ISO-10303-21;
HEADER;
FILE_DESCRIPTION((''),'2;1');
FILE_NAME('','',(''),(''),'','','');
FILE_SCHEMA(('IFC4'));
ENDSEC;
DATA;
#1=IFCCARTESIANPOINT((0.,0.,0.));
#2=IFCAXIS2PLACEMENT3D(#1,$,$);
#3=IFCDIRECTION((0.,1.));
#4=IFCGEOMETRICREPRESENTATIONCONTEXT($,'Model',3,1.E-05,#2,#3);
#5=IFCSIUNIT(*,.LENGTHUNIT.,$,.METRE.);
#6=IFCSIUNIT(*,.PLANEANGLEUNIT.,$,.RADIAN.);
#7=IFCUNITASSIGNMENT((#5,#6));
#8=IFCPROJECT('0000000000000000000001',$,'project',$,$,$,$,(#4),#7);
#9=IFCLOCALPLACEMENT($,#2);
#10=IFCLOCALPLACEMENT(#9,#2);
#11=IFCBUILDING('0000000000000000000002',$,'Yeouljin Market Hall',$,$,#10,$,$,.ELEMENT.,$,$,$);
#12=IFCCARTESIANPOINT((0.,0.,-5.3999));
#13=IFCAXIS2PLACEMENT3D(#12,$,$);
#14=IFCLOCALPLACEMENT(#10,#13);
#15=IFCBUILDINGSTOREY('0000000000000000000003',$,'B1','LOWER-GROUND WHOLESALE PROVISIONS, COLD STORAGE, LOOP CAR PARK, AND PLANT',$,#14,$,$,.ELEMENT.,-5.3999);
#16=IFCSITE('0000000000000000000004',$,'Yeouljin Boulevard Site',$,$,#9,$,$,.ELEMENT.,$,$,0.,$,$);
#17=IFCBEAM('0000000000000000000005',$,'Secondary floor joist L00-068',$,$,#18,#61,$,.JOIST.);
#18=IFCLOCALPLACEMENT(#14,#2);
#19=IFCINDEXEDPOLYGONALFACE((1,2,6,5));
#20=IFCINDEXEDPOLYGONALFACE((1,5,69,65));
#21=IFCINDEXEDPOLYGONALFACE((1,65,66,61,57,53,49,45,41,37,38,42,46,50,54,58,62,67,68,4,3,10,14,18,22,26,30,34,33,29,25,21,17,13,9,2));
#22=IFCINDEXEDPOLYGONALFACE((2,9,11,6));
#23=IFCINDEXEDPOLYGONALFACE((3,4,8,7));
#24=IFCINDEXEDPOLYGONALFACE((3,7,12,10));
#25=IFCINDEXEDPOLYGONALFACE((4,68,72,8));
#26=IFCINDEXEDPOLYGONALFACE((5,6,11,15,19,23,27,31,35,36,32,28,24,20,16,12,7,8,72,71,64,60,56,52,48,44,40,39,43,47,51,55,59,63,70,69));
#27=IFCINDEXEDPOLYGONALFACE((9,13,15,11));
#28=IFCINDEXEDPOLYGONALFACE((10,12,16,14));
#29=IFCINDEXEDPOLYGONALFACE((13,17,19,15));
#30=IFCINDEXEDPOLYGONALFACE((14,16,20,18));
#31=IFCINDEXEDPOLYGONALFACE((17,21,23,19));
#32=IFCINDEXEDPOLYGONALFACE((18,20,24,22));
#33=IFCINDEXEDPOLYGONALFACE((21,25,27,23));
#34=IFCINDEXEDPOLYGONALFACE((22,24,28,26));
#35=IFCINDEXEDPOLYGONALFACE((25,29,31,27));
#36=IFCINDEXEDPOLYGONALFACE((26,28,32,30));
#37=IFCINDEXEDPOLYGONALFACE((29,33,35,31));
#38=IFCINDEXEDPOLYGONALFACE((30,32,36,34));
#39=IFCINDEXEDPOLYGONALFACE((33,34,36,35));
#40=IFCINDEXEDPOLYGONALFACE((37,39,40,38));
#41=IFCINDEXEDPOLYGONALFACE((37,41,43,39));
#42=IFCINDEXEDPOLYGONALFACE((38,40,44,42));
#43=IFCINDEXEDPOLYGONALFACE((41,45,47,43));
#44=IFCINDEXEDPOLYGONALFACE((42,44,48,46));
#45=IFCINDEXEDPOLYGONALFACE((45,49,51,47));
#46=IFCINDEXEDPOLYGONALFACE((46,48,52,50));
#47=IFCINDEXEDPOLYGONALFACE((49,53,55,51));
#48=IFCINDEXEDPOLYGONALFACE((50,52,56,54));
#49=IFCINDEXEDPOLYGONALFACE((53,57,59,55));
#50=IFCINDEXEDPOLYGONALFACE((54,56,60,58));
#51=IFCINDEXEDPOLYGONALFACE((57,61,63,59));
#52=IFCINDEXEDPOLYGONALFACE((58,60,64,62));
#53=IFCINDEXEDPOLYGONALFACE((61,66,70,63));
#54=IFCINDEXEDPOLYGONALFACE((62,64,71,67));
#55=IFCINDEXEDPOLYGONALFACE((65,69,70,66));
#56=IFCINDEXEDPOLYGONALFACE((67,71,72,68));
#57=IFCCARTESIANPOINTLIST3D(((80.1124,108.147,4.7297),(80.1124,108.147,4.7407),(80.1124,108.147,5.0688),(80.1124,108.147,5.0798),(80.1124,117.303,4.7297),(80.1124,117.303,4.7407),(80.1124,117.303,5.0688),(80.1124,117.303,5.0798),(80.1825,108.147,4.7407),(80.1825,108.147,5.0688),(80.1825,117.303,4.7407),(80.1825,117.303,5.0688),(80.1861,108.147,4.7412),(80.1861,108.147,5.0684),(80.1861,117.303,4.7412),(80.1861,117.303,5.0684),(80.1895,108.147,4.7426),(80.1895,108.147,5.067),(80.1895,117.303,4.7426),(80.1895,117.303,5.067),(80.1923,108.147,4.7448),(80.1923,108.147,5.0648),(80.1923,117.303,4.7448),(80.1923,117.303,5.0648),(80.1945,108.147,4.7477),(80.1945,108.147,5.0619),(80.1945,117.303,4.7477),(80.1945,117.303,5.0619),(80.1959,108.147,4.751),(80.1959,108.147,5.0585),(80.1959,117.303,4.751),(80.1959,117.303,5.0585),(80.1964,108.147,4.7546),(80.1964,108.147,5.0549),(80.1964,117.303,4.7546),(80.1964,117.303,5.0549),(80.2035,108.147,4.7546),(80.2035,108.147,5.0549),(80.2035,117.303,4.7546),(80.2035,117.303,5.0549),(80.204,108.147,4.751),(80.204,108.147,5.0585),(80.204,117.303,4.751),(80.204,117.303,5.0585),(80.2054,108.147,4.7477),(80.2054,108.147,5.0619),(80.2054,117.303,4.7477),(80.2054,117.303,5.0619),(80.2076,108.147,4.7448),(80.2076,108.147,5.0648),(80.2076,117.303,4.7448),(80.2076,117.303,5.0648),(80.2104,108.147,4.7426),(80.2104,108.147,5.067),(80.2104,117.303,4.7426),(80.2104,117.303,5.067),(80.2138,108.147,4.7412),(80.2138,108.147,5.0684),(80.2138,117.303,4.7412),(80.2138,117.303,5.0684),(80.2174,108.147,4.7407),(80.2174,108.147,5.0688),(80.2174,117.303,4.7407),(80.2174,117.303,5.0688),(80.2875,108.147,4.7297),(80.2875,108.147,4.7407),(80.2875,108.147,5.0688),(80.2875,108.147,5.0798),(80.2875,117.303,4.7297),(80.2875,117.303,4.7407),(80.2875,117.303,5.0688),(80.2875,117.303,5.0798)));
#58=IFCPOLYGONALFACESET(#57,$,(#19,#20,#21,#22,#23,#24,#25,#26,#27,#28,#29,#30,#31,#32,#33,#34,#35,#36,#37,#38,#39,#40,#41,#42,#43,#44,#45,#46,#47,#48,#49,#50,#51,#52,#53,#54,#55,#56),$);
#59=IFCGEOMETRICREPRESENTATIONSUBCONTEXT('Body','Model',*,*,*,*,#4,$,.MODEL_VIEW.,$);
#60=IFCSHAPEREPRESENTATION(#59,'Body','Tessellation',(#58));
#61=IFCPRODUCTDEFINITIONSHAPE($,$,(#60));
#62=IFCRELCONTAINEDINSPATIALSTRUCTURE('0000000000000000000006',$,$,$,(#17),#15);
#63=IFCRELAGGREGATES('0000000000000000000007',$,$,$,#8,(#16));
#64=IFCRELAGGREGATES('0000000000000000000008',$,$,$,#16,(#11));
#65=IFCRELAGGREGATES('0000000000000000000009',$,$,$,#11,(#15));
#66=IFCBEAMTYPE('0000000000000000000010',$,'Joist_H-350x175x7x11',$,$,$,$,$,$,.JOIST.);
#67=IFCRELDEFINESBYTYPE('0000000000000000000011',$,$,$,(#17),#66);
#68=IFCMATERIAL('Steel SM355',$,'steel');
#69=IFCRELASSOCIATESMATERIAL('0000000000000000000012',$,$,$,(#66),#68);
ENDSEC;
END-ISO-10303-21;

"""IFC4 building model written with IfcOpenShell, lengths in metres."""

from ifc_helpers import new_model, si_unit, direction, frame, origin, origin_2d, place, context, subcontext, project, spatial, i_section, extrude, material, material_profile, profile_set, type_object, element, save


model = new_model("IFC4")

# Units and contexts
model_context = context("Model", 3, precision=1e-05, world=origin(), true_north=direction((0.0, 1.0)))
body_context = subcontext(model_context, "Body", "Model", "MODEL_VIEW")
ifc_project = project(units=[si_unit("LENGTHUNIT", "METRE"), si_unit("PLANEANGLEUNIT", "RADIAN")], contexts=[model_context])

# Site, building, storey
site_placement = place(None, origin())
site = spatial("IfcSite", under=ifc_project, at=site_placement, Name="Yeouljin Boulevard Site", CompositionType="ELEMENT", RefElevation=0.0)
building_placement = place(site_placement, origin())
building = spatial("IfcBuilding", under=site, at=building_placement, Name="Yeouljin Market Hall", CompositionType="ELEMENT")
storey_placement = place(building_placement, frame((0.0, 0.0, -5.3999)))
storey = spatial("IfcBuildingStorey", under=building, at=storey_placement, Name="B1", Description="LOWER-GROUND WHOLESALE PROVISIONS, COLD STORAGE, LOOP CAR PARK, AND PLANT", CompositionType="ELEMENT", Elevation=-5.3999)

# Beam
ifc_material_1 = material(Name="Steel SM355", Category="steel")
ifc_material_profile_1 = material_profile(ifc_material_1, i_section(OverallWidth=0.175, OverallDepth=0.3501, WebThickness=0.0071, FlangeThickness=0.011, FilletRadius=0.0139, at=origin_2d()), Name="H-350x175x7x11")
ifc_profile_set_1 = profile_set([ifc_material_profile_1], Name="Steel SM355")
beam_type_1 = type_object("IfcBeamType", Name="Joist_H-350x175x7x11", PredefinedType="JOIST", material=ifc_profile_set_1)
for number, where, z_axis, x_axis, name in (
    (1, (80.2, 108.147, 4.9048), (0.0, 1.0, 0.0), (-1.0, 0.0, 0.0), "Secondary floor joist L00-068"),
):
    element("IfcBeam", number, at=place(storey_placement, frame(where, z_axis=z_axis, x_axis=x_axis)), inside=storey, type_object=beam_type_1, Name=name, PredefinedType="JOIST", context=body_context, shape_type="SweptSolid", body=[
        extrude(i_section(OverallWidth=0.175, OverallDepth=0.3501, WebThickness=0.0071, FlangeThickness=0.011, FilletRadius=0.0139, at=origin_2d()), origin(), (0.0, 0.0, 1.0), 9.156),
    ])

save(model, "model.ifc")
